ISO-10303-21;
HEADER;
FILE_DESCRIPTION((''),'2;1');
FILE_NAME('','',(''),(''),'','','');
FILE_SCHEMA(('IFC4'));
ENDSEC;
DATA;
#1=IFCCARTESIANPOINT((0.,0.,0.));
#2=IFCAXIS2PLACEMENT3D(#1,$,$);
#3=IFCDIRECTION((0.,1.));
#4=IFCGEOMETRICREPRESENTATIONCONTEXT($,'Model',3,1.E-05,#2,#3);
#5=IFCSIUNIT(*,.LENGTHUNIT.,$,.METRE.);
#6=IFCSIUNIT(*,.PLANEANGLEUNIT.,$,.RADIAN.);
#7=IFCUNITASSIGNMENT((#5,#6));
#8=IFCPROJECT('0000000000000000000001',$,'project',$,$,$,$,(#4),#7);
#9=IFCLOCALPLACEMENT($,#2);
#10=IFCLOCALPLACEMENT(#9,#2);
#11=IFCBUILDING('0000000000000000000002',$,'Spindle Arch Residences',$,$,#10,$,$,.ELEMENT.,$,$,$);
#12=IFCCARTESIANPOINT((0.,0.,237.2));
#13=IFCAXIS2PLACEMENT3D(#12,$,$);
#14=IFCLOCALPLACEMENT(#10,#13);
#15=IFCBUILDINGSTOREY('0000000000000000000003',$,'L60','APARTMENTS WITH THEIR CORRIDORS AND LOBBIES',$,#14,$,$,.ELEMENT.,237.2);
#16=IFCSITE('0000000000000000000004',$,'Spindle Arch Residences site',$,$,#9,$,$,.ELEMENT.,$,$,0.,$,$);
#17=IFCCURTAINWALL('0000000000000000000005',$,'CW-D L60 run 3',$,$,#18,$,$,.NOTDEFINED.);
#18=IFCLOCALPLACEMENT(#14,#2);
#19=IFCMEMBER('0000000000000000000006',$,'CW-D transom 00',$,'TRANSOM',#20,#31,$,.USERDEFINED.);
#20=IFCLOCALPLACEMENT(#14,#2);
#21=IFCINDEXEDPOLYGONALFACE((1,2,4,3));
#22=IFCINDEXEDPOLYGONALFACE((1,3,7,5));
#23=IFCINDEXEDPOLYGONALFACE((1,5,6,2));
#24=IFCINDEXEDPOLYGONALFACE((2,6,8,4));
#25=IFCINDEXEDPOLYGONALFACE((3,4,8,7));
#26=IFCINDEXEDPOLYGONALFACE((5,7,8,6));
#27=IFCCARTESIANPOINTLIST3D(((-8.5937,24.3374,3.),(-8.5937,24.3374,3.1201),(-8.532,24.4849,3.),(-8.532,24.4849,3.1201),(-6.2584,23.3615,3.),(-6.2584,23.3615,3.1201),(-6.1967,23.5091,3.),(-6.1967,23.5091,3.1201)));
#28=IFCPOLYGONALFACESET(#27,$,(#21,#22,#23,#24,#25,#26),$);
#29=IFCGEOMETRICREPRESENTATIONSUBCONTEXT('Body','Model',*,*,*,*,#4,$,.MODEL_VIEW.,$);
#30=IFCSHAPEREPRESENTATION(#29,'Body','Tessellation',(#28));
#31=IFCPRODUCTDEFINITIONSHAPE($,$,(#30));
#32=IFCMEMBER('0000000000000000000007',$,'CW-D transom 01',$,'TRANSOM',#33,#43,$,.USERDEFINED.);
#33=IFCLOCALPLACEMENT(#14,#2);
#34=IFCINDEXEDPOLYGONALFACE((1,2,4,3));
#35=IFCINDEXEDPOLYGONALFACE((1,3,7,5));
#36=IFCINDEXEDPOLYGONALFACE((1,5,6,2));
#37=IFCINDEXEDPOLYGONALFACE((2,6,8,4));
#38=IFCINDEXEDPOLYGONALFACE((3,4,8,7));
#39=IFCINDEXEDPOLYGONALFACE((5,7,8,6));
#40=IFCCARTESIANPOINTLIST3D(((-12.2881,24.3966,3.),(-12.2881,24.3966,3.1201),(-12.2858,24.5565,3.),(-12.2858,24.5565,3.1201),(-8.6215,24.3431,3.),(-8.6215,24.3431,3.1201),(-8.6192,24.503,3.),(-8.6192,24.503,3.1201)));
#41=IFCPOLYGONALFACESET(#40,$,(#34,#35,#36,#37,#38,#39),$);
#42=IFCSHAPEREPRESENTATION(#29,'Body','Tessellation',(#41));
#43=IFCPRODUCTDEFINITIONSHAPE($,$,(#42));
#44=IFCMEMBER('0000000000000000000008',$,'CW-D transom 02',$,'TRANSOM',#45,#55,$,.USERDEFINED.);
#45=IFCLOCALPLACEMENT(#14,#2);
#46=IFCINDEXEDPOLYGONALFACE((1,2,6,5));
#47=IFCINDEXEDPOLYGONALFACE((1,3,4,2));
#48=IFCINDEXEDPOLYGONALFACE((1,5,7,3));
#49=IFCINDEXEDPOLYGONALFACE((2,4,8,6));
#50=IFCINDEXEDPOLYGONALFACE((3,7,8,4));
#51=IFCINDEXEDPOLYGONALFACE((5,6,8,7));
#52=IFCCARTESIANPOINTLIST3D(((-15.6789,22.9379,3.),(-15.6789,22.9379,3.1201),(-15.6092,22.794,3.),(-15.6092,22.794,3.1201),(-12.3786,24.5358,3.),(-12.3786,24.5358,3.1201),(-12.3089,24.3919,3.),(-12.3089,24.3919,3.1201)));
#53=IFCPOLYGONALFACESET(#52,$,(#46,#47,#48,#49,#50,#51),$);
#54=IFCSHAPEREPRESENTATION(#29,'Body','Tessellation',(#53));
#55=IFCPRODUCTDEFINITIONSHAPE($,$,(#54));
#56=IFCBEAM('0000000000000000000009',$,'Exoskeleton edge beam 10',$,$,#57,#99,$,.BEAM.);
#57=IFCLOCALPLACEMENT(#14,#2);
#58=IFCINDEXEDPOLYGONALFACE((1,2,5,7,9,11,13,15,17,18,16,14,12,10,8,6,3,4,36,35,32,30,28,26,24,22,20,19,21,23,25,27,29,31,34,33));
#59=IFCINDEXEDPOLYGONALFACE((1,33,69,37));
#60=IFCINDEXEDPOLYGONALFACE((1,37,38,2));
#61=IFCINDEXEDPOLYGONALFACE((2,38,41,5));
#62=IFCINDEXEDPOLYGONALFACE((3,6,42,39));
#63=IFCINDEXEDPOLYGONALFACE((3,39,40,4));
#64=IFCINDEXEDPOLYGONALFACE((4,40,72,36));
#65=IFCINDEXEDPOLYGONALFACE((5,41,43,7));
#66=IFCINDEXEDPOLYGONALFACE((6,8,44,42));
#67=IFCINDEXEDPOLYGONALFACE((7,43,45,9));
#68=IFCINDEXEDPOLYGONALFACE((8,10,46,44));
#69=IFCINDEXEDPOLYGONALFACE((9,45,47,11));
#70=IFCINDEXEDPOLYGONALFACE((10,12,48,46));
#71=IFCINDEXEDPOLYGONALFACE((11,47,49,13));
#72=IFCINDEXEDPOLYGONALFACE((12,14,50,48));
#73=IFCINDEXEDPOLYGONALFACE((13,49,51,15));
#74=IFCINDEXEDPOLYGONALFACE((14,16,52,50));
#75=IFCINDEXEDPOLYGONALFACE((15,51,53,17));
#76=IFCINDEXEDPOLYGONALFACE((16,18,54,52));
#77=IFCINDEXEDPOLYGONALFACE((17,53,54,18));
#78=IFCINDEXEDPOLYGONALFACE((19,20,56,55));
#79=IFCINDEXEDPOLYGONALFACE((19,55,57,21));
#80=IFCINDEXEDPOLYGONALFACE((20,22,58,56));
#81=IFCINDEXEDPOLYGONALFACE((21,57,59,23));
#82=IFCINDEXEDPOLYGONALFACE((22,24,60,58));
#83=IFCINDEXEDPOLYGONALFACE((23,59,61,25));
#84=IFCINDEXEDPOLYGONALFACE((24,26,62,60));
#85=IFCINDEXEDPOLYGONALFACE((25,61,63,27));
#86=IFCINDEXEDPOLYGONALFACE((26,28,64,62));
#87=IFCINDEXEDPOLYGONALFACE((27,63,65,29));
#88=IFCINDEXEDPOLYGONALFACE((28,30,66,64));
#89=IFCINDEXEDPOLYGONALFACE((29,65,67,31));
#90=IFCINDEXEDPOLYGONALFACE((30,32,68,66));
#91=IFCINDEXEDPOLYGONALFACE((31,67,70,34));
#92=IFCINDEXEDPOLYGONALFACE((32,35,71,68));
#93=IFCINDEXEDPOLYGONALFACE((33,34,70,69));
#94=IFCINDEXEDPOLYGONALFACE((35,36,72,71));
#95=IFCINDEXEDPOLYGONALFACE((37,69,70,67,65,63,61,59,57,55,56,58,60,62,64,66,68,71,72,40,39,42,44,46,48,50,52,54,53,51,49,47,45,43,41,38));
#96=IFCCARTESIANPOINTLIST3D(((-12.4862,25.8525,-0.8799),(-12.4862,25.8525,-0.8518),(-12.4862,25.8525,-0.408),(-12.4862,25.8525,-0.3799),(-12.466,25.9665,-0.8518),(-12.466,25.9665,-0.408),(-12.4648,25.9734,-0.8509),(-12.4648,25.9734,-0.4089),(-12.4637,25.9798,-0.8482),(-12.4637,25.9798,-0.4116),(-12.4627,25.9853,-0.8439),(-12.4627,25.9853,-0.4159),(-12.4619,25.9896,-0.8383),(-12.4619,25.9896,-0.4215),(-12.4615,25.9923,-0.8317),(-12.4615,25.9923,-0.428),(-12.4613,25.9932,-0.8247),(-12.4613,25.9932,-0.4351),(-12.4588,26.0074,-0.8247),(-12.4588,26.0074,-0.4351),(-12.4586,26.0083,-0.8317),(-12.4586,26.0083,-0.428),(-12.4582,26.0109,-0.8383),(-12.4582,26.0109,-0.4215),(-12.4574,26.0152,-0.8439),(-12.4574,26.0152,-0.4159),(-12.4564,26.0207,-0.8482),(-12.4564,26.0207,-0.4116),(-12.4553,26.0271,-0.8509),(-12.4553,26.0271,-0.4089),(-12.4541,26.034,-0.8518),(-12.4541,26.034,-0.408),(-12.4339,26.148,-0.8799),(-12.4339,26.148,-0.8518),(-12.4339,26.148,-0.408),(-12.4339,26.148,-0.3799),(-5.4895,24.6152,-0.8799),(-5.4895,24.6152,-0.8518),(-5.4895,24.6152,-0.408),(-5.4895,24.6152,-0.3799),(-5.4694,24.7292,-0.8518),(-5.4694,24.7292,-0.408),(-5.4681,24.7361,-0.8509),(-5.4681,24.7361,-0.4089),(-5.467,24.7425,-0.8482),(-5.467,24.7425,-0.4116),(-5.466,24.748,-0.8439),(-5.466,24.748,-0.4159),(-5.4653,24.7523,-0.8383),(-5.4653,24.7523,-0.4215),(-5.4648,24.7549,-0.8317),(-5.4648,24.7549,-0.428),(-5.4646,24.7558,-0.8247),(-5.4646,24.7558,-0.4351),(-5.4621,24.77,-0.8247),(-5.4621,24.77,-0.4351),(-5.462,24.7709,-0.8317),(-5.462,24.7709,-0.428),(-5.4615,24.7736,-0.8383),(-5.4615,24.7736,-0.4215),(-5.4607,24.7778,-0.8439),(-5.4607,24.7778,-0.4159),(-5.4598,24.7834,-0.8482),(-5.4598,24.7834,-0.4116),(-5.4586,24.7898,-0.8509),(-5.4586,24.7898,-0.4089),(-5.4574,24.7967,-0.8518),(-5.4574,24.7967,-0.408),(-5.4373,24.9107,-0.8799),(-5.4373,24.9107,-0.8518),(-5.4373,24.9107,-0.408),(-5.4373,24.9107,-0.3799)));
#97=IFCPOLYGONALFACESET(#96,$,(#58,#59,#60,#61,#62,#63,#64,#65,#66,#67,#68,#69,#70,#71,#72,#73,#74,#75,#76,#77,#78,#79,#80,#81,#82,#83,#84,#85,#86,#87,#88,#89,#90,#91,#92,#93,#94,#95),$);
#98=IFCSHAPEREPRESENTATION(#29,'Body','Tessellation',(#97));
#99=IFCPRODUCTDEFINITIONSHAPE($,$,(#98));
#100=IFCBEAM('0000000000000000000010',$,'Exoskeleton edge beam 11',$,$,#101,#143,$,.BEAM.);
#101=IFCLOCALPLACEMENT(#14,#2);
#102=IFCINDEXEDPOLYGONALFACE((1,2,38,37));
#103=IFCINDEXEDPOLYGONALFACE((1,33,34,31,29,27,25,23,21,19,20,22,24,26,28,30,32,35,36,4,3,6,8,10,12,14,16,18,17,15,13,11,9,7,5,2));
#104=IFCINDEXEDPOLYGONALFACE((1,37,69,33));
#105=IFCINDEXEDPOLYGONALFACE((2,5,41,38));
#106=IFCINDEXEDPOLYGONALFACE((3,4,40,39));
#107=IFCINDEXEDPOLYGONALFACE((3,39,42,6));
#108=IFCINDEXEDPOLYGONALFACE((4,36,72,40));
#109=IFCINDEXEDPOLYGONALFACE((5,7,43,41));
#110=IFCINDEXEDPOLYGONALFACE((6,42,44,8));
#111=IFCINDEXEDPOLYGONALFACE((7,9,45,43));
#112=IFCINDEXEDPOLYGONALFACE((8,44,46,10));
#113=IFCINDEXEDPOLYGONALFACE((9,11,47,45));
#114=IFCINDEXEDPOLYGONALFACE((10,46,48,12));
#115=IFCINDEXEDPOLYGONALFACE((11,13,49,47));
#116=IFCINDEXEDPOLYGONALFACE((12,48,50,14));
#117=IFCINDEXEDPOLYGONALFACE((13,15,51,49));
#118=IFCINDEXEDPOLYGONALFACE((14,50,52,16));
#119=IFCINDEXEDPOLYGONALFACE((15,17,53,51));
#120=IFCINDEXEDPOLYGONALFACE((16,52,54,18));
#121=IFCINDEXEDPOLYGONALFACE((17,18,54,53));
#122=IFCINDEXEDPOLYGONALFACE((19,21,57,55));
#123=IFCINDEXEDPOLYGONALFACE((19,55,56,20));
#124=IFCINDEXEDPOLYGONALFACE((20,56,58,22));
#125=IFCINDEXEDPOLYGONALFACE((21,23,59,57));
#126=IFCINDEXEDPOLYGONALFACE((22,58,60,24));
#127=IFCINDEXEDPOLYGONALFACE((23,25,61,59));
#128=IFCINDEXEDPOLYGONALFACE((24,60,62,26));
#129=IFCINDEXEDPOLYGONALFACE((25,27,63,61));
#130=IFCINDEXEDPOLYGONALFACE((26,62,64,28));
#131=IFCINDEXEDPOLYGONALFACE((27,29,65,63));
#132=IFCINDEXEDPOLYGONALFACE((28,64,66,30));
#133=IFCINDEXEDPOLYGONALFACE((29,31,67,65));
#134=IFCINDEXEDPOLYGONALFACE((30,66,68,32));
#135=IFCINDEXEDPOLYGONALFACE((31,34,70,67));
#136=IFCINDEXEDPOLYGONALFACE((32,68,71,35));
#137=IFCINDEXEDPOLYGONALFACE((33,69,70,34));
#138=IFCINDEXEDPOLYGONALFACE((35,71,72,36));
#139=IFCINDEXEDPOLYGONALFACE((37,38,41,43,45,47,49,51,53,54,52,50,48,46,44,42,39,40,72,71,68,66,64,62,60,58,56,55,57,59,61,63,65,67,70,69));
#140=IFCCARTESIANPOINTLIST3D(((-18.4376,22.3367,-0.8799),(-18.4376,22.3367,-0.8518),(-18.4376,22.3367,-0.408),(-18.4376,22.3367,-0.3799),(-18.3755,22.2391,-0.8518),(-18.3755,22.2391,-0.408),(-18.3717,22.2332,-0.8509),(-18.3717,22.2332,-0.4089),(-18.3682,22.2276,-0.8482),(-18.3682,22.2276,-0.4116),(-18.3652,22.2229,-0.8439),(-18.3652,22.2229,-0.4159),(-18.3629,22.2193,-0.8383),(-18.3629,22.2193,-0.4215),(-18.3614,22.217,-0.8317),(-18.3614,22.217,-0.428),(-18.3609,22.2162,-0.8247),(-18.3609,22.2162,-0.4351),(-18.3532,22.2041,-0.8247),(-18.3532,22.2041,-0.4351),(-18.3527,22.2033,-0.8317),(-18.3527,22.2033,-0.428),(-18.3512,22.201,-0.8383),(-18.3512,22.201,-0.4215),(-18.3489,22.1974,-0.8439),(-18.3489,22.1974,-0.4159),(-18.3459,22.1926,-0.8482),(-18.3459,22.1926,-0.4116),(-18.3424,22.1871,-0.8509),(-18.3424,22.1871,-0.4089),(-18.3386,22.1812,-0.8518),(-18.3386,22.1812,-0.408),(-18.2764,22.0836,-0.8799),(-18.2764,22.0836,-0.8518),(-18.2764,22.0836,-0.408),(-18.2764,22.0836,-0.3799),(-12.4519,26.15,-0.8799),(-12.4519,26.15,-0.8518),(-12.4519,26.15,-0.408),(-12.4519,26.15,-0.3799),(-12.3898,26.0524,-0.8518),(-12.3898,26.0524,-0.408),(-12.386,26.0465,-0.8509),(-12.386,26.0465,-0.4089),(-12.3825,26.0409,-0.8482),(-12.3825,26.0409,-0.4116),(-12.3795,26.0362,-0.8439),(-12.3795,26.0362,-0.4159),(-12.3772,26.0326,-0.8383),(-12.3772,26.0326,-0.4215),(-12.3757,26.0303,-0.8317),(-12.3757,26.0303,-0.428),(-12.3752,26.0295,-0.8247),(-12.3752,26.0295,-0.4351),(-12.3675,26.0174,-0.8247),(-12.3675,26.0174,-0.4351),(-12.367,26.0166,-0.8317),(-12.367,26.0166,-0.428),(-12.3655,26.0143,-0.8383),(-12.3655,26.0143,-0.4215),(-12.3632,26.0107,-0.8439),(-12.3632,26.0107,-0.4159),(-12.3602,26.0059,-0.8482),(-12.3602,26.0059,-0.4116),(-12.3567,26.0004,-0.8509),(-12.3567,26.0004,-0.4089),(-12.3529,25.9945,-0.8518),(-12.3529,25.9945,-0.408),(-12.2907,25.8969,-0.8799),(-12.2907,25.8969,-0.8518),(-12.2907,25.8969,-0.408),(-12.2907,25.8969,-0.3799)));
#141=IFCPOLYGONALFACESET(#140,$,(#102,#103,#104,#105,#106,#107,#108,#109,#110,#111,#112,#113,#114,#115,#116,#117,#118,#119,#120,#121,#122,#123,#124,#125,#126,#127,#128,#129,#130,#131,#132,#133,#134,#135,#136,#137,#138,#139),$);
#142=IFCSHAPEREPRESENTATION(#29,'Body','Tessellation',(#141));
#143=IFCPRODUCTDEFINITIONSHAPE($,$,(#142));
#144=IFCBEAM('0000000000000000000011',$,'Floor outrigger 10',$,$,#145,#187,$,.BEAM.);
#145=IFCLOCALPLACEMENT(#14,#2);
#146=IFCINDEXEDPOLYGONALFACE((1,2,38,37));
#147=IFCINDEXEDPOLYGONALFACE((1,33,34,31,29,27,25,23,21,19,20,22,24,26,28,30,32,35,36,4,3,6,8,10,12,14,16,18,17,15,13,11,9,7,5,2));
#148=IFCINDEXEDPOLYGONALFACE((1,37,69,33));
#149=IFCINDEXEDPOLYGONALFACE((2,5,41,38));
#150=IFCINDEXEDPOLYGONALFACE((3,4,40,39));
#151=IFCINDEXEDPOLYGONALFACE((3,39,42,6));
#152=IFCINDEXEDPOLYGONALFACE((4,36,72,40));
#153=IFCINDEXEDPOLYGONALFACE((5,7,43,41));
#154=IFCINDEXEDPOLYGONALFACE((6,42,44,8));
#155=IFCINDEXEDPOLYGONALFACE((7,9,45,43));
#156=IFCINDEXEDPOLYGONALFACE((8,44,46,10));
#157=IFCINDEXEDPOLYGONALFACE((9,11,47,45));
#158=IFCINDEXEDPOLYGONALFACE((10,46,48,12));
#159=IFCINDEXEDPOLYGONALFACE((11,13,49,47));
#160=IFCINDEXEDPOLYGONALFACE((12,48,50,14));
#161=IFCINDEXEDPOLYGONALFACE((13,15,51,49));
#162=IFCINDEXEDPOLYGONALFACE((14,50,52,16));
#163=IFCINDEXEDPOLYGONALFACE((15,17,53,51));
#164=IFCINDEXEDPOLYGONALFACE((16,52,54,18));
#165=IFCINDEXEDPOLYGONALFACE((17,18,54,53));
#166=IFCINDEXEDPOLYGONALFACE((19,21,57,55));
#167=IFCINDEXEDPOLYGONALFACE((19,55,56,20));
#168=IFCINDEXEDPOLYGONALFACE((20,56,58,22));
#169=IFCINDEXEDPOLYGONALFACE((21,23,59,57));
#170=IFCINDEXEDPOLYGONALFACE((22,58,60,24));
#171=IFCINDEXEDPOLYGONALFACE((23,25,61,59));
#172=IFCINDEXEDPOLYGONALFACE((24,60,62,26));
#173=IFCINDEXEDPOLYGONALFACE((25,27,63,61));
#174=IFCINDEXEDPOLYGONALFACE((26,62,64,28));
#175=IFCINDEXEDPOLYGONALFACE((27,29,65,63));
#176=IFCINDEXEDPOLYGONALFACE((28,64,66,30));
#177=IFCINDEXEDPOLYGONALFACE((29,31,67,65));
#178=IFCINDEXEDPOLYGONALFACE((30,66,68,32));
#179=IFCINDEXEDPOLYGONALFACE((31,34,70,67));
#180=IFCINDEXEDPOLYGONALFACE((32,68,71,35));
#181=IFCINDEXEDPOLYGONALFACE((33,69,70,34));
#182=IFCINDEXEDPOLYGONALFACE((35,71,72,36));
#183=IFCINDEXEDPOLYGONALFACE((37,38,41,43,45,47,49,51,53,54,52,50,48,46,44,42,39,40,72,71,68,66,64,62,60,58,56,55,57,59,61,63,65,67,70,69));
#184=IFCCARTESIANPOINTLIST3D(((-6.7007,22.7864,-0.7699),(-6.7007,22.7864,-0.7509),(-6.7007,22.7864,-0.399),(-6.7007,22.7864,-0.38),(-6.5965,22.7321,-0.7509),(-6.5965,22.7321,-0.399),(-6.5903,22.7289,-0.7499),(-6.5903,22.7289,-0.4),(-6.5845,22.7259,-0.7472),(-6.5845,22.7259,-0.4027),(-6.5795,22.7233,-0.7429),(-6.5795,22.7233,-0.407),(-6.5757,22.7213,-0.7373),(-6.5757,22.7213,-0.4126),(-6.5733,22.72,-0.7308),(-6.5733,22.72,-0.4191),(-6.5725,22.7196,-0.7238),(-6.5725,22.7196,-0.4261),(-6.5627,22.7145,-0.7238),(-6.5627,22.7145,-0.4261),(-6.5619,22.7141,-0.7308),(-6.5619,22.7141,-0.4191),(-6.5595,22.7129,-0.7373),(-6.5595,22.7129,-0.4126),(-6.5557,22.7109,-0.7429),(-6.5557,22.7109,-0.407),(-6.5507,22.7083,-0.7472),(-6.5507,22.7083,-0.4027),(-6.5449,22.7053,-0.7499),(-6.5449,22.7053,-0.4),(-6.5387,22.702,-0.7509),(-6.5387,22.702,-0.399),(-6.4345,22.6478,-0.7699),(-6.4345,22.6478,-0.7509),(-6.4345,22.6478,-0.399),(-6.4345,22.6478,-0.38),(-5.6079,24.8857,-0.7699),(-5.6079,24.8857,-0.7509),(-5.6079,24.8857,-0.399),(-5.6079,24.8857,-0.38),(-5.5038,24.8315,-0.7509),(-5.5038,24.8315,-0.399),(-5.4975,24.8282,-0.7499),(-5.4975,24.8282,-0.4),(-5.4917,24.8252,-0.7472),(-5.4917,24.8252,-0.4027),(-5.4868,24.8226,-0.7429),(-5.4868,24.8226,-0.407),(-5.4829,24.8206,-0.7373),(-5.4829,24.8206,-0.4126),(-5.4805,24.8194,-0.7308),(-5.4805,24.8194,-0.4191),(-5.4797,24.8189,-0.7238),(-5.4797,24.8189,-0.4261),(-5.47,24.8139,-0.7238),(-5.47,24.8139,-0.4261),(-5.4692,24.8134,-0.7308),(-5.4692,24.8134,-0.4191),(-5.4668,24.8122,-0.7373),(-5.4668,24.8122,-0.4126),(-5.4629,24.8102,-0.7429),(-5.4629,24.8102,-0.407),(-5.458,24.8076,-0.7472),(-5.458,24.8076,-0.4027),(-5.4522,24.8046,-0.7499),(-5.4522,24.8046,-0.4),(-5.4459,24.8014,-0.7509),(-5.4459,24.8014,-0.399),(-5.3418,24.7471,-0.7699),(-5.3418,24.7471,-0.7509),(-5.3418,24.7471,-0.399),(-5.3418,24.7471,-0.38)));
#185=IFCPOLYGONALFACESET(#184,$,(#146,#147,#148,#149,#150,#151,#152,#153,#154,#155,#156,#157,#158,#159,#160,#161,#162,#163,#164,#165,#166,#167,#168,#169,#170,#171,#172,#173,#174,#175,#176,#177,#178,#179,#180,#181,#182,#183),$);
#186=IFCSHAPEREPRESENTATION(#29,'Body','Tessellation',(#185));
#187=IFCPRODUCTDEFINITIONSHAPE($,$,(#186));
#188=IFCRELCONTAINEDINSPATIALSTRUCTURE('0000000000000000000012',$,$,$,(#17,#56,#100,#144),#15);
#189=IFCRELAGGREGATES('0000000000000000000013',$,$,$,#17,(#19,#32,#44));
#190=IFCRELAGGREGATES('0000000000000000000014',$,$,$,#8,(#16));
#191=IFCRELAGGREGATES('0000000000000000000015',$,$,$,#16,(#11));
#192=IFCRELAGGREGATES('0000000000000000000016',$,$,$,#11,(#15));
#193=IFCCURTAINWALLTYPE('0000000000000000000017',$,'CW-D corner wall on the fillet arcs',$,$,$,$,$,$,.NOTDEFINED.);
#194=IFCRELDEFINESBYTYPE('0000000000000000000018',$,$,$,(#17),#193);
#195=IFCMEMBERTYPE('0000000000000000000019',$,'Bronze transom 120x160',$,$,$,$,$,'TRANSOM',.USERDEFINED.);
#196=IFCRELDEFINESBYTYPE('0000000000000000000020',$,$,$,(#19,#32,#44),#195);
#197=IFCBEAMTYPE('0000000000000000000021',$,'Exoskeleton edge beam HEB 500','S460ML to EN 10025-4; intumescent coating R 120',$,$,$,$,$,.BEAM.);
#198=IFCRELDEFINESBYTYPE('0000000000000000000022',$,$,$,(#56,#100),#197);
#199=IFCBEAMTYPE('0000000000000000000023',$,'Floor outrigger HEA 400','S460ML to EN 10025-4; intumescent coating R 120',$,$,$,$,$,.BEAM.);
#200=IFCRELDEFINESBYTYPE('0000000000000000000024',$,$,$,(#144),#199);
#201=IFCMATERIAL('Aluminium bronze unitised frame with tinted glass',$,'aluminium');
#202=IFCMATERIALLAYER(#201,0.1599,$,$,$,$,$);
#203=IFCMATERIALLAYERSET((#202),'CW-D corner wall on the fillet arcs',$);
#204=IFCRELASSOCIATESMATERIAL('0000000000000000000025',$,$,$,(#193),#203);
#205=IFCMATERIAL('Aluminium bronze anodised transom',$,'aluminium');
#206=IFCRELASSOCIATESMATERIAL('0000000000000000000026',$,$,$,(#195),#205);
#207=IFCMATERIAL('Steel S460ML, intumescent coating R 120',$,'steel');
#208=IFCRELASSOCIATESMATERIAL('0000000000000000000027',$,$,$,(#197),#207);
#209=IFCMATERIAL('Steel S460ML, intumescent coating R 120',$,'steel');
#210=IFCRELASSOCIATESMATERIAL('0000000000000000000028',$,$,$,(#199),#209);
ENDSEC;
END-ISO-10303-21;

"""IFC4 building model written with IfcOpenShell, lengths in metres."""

from ifc_helpers import new_model, si_unit, direction, frame, origin, origin_2d, place, context, subcontext, project, spatial, rectangle, i_section, extrude, material, layer, layer_set, material_profile, profile_set, type_object, element, aggregate, save


model = new_model("IFC4")

# Units and contexts
model_context = context("Model", 3, precision=1e-05, world=origin(), true_north=direction((0.0, 1.0)))
body_context = subcontext(model_context, "Body", "Model", "MODEL_VIEW")
ifc_project = project(units=[si_unit("LENGTHUNIT", "METRE"), si_unit("PLANEANGLEUNIT", "RADIAN")], contexts=[model_context])

# Site, building, storey
site_placement = place(None, origin())
site = spatial("IfcSite", under=ifc_project, at=site_placement, Name="Spindle Arch Residences site", CompositionType="ELEMENT", RefElevation=0.0)
building_placement = place(site_placement, origin())
building = spatial("IfcBuilding", under=site, at=building_placement, Name="Spindle Arch Residences", CompositionType="ELEMENT")
storey_placement = place(building_placement, frame((0.0, 0.0, 237.2)))
storey = spatial("IfcBuildingStorey", under=building, at=storey_placement, Name="L60", Description="APARTMENTS WITH THEIR CORRIDORS AND LOBBIES", CompositionType="ELEMENT", Elevation=237.2)

# Curtain wall, members
ifc_material_1 = material(Name="Aluminium bronze unitised frame with tinted glass", Category="aluminium")
ifc_layer_1 = layer(ifc_material_1, 0.1599)
ifc_layer_set_1 = layer_set([ifc_layer_1], Name="CW-D corner wall on the fillet arcs")
curtain_wall_type_1 = type_object("IfcCurtainWallType", Name="CW-D corner wall on the fillet arcs", PredefinedType="NOTDEFINED", material=ifc_layer_set_1)
curtain_wall_1_placement = place(storey_placement, origin())
curtain_wall_1 = element("IfcCurtainWall", 1, at=curtain_wall_1_placement, inside=storey, type_object=curtain_wall_type_1, Name="CW-D L60 run 3", PredefinedType="NOTDEFINED")
ifc_material_2 = material(Name="Aluminium bronze anodised transom", Category="aluminium")
ifc_material_profile_1 = material_profile(ifc_material_2, rectangle(XDim=0.1599, YDim=0.1201, at=origin_2d()), Name="TR 120x160")
ifc_profile_set_1 = profile_set([ifc_material_profile_1], Name="Aluminium bronze anodised transom")
member_type_1 = type_object("IfcMemberType", Name="Bronze transom 120x160", ElementType="TRANSOM", PredefinedType="USERDEFINED", material=ifc_profile_set_1)
member_1_placement = place(storey_placement, frame((-6.2275, 23.4353, 3.0601), z_axis=(-0.92268, 0.385567, 0.0), x_axis=(-0.385567, -0.92268, 0.0)))
member_1 = element("IfcMember", 2, at=member_1_placement, type_object=member_type_1, Name="CW-D transom 00", ObjectType="TRANSOM", PredefinedType="USERDEFINED", context=body_context, shape_type="SweptSolid", body=[
    extrude(rectangle(XDim=0.1599, YDim=0.1201, at=origin_2d()), origin(), (0.0, 0.0, 1.0), 2.531),
])
member_2_placement = place(storey_placement, frame((-8.6204, 24.4231, 3.0601), z_axis=(-0.999894, 0.014581, 0.0), x_axis=(-0.014581, -0.999894, 0.0)))
member_2 = element("IfcMember", 3, at=member_2_placement, type_object=member_type_1, Name="CW-D transom 01", ObjectType="TRANSOM", PredefinedType="USERDEFINED", context=body_context, shape_type="SweptSolid", body=[
    extrude(rectangle(XDim=0.1599, YDim=0.1201, at=origin_2d()), origin(), (0.0, 0.0, 1.0), 3.667),
])
member_3_placement = place(storey_placement, frame((-12.3438, 24.4639, 3.0601), z_axis=(-0.900054, -0.435778, 0.0), x_axis=(0.435778, -0.900054, 0.0)))
member_3 = element("IfcMember", 4, at=member_3_placement, type_object=member_type_1, Name="CW-D transom 02", ObjectType="TRANSOM", PredefinedType="USERDEFINED", context=body_context, shape_type="SweptSolid", body=[
    extrude(rectangle(XDim=0.1599, YDim=0.1201, at=origin_2d()), origin(), (0.0, 0.0, 1.0), 3.6667),
])

# Beams
ifc_material_3 = material(Name="Steel S460ML, intumescent coating R 120", Category="steel")
ifc_material_profile_2 = material_profile(ifc_material_3, i_section(OverallWidth=0.3, OverallDepth=0.5, WebThickness=0.0144, FlangeThickness=0.0281, FilletRadius=0.0271, at=origin_2d()), Name="HEB 500")
ifc_profile_set_2 = profile_set([ifc_material_profile_2], Name="Steel S460ML, intumescent coating R 120")
beam_type_1 = type_object("IfcBeamType", Name="Exoskeleton edge beam HEB 500", Description="S460ML to EN 10025-4; intumescent coating R 120", PredefinedType="BEAM", material=ifc_profile_set_2)
beam_1_placement = place(storey_placement, frame((-5.4634, 24.7629, -0.6299), z_axis=(-0.984721, 0.174142, 0.0), x_axis=(-0.174142, -0.984721, 0.0)))
element("IfcBeam", 5, at=beam_1_placement, inside=storey, type_object=beam_type_1, Name="Exoskeleton edge beam 10", PredefinedType="BEAM", context=body_context, shape_type="SweptSolid", body=[
    extrude(i_section(OverallWidth=0.3, OverallDepth=0.5, WebThickness=0.0144, FlangeThickness=0.0281, FilletRadius=0.0271, at=origin_2d()), origin(), (0.0, 0.0, 1.0), 7.1052),
])
beam_2_placement = place(storey_placement, frame((-12.3713, 26.0234, -0.6299), z_axis=(-0.843392, -0.537298, 0.0), x_axis=(0.537298, -0.843392, 0.0)))
element("IfcBeam", 6, at=beam_2_placement, inside=storey, type_object=beam_type_1, Name="Exoskeleton edge beam 11", PredefinedType="BEAM", context=body_context, shape_type="SweptSolid", body=[
    extrude(i_section(OverallWidth=0.3, OverallDepth=0.5, WebThickness=0.0144, FlangeThickness=0.0281, FilletRadius=0.0271, at=origin_2d()), origin(), (0.0, 0.0, 1.0), 7.0972),
])
ifc_material_4 = material(Name="Steel S460ML, intumescent coating R 120", Category="steel")
ifc_material_profile_3 = material_profile(ifc_material_4, i_section(OverallWidth=0.3, OverallDepth=0.3899, WebThickness=0.011, FlangeThickness=0.019, FilletRadius=0.0271, at=origin_2d()), Name="HEA 400")
ifc_profile_set_3 = profile_set([ifc_material_profile_3], Name="Steel S460ML, intumescent coating R 120")
beam_type_2 = type_object("IfcBeamType", Name="Floor outrigger HEA 400", Description="S460ML to EN 10025-4; intumescent coating R 120", PredefinedType="BEAM", material=ifc_profile_set_3)
beam_3_placement = place(storey_placement, frame((-5.4749, 24.8164, -0.575), z_axis=(-0.46172, -0.887026, 0.0), x_axis=(0.887026, -0.46172, 0.0)))
element("IfcBeam", 7, at=beam_3_placement, inside=storey, type_object=beam_type_2, Name="Floor outrigger 10", PredefinedType="BEAM", context=body_context, shape_type="SweptSolid", body=[
    extrude(i_section(OverallWidth=0.3, OverallDepth=0.3899, WebThickness=0.011, FlangeThickness=0.019, FilletRadius=0.0271, at=origin_2d()), origin(), (0.0, 0.0, 1.0), 2.3667),
])

aggregate(curtain_wall_1, [member_1, member_2, member_3])

save(model, "model.ifc")
